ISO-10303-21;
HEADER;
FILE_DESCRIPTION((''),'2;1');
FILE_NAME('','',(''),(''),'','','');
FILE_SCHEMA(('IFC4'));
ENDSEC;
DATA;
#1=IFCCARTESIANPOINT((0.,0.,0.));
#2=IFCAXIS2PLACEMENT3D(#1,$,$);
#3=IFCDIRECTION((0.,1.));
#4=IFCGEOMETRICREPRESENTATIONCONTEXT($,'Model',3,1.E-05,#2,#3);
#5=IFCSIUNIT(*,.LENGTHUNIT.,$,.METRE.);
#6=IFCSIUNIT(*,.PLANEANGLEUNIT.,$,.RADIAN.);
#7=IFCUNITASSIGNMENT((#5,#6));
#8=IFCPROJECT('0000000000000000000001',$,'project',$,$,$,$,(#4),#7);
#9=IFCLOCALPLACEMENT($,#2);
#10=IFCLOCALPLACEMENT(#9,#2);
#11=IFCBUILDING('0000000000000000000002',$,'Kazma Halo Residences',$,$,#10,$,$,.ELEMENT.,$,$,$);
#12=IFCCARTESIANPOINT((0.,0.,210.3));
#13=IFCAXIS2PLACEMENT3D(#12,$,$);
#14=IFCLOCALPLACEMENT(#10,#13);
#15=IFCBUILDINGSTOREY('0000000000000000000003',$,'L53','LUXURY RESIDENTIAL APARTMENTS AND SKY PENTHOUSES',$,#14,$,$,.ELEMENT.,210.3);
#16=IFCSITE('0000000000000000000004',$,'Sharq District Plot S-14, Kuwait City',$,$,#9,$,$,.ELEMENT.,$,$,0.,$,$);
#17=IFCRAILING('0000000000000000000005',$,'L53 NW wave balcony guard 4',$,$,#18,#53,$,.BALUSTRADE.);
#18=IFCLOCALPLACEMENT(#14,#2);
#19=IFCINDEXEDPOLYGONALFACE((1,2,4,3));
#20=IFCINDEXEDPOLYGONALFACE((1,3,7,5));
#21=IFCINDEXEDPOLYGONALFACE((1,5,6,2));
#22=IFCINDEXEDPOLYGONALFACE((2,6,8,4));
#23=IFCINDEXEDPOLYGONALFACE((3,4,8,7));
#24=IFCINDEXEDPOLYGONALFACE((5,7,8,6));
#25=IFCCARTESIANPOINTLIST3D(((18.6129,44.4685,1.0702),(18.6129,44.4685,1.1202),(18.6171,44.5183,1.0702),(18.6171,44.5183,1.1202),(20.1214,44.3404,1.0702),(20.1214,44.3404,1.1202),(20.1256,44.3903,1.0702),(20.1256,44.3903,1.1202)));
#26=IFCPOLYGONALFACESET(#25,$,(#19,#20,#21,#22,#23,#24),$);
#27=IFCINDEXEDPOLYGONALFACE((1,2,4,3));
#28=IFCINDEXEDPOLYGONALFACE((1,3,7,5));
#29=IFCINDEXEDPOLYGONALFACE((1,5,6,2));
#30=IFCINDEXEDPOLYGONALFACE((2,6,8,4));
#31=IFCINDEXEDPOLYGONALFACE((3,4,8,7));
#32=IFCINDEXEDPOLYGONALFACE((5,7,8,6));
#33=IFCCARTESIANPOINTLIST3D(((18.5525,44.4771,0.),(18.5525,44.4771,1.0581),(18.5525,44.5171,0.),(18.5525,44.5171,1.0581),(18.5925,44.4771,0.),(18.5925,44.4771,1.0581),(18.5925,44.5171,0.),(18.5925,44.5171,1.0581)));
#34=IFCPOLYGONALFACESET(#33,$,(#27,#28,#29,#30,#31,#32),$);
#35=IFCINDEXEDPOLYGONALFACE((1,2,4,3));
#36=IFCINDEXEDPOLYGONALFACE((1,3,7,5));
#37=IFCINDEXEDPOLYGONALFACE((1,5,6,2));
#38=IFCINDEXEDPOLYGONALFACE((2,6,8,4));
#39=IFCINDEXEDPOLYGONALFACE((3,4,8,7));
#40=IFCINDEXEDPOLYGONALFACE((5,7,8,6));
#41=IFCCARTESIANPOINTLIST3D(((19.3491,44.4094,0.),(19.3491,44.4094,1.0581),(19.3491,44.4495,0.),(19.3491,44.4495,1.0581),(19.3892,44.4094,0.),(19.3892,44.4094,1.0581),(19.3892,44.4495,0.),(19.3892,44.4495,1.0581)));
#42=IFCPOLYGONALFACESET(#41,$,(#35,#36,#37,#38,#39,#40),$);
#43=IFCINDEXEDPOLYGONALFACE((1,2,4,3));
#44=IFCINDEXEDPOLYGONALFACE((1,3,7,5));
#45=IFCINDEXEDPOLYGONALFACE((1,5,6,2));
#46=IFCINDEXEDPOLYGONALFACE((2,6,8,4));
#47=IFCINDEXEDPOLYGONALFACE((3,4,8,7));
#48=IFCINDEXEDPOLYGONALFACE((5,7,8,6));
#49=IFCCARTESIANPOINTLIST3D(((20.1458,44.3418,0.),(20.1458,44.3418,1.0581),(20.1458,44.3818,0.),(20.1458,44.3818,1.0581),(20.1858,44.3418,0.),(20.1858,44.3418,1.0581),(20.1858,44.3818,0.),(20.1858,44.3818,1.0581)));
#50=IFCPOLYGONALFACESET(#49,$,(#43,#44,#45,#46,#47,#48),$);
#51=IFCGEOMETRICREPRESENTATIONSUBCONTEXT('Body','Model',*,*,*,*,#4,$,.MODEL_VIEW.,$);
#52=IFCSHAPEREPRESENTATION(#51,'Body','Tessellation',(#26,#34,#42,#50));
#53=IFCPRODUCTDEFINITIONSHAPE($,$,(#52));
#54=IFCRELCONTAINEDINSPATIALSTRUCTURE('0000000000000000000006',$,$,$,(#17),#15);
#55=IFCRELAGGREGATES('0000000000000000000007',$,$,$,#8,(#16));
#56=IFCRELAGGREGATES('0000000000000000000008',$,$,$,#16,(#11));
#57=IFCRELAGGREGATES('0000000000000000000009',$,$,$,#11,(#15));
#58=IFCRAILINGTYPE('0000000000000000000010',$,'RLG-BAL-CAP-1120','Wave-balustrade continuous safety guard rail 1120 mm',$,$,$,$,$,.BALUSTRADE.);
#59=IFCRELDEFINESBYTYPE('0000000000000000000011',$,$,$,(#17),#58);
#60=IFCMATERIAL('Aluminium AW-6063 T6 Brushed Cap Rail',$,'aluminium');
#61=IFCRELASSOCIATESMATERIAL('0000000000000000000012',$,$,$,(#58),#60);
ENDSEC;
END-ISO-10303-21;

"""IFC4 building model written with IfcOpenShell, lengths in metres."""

from ifc_helpers import new_model, si_unit, direction, frame, origin, origin_2d, place, context, subcontext, project, spatial, rectangle, extrude, material, type_object, element, save


model = new_model("IFC4")

# Units and contexts
model_context = context("Model", 3, precision=1e-05, world=origin(), true_north=direction((0.0, 1.0)))
body_context = subcontext(model_context, "Body", "Model", "MODEL_VIEW")
ifc_project = project(units=[si_unit("LENGTHUNIT", "METRE"), si_unit("PLANEANGLEUNIT", "RADIAN")], contexts=[model_context])

# Site, building, storey
site_placement = place(None, origin())
site = spatial("IfcSite", under=ifc_project, at=site_placement, Name="Sharq District Plot S-14, Kuwait City", CompositionType="ELEMENT", RefElevation=0.0)
building_placement = place(site_placement, origin())
building = spatial("IfcBuilding", under=site, at=building_placement, Name="Kazma Halo Residences", CompositionType="ELEMENT")
storey_placement = place(building_placement, frame((0.0, 0.0, 210.3)))
storey = spatial("IfcBuildingStorey", under=building, at=storey_placement, Name="L53", Description="LUXURY RESIDENTIAL APARTMENTS AND SKY PENTHOUSES", CompositionType="ELEMENT", Elevation=210.3)

# Railing
ifc_material_1 = material(Name="Aluminium AW-6063 T6 Brushed Cap Rail", Category="aluminium")
railing_type = type_object("IfcRailingType", Name="RLG-BAL-CAP-1120", Description="Wave-balustrade continuous safety guard rail 1120 mm", PredefinedType="BALUSTRADE", material=ifc_material_1)
railing_placement = place(storey_placement, frame((18.5725, 44.4971, 0.0)))
element("IfcRailing", 1, at=railing_placement, inside=storey, type_object=railing_type, Name="L53 NW wave balcony guard 4", PredefinedType="BALUSTRADE", context=body_context, shape_type="SweptSolid", body=[
    extrude(rectangle(XDim=0.05, YDim=0.05, at=origin_2d()), frame((0.0425, -0.0037, 1.0952), z_axis=(0.996416, -0.084587, 0.0), x_axis=(0.084587, 0.996416, 0.0)), (0.0, 0.0, 1.0), 1.5139),
    extrude(rectangle(XDim=0.04, YDim=0.04, at=origin_2d()), origin(), (0.0, 0.0, 1.0), 1.0581),
    extrude(rectangle(XDim=0.04, YDim=0.04, at=origin_2d()), frame((0.7966, -0.0676, 0.0)), (0.0, 0.0, 1.0), 1.0581),
    extrude(rectangle(XDim=0.04, YDim=0.04, at=origin_2d()), frame((1.5933, -0.1353, 0.0)), (0.0, 0.0, 1.0), 1.0581),
])

save(model, "model.ifc")
